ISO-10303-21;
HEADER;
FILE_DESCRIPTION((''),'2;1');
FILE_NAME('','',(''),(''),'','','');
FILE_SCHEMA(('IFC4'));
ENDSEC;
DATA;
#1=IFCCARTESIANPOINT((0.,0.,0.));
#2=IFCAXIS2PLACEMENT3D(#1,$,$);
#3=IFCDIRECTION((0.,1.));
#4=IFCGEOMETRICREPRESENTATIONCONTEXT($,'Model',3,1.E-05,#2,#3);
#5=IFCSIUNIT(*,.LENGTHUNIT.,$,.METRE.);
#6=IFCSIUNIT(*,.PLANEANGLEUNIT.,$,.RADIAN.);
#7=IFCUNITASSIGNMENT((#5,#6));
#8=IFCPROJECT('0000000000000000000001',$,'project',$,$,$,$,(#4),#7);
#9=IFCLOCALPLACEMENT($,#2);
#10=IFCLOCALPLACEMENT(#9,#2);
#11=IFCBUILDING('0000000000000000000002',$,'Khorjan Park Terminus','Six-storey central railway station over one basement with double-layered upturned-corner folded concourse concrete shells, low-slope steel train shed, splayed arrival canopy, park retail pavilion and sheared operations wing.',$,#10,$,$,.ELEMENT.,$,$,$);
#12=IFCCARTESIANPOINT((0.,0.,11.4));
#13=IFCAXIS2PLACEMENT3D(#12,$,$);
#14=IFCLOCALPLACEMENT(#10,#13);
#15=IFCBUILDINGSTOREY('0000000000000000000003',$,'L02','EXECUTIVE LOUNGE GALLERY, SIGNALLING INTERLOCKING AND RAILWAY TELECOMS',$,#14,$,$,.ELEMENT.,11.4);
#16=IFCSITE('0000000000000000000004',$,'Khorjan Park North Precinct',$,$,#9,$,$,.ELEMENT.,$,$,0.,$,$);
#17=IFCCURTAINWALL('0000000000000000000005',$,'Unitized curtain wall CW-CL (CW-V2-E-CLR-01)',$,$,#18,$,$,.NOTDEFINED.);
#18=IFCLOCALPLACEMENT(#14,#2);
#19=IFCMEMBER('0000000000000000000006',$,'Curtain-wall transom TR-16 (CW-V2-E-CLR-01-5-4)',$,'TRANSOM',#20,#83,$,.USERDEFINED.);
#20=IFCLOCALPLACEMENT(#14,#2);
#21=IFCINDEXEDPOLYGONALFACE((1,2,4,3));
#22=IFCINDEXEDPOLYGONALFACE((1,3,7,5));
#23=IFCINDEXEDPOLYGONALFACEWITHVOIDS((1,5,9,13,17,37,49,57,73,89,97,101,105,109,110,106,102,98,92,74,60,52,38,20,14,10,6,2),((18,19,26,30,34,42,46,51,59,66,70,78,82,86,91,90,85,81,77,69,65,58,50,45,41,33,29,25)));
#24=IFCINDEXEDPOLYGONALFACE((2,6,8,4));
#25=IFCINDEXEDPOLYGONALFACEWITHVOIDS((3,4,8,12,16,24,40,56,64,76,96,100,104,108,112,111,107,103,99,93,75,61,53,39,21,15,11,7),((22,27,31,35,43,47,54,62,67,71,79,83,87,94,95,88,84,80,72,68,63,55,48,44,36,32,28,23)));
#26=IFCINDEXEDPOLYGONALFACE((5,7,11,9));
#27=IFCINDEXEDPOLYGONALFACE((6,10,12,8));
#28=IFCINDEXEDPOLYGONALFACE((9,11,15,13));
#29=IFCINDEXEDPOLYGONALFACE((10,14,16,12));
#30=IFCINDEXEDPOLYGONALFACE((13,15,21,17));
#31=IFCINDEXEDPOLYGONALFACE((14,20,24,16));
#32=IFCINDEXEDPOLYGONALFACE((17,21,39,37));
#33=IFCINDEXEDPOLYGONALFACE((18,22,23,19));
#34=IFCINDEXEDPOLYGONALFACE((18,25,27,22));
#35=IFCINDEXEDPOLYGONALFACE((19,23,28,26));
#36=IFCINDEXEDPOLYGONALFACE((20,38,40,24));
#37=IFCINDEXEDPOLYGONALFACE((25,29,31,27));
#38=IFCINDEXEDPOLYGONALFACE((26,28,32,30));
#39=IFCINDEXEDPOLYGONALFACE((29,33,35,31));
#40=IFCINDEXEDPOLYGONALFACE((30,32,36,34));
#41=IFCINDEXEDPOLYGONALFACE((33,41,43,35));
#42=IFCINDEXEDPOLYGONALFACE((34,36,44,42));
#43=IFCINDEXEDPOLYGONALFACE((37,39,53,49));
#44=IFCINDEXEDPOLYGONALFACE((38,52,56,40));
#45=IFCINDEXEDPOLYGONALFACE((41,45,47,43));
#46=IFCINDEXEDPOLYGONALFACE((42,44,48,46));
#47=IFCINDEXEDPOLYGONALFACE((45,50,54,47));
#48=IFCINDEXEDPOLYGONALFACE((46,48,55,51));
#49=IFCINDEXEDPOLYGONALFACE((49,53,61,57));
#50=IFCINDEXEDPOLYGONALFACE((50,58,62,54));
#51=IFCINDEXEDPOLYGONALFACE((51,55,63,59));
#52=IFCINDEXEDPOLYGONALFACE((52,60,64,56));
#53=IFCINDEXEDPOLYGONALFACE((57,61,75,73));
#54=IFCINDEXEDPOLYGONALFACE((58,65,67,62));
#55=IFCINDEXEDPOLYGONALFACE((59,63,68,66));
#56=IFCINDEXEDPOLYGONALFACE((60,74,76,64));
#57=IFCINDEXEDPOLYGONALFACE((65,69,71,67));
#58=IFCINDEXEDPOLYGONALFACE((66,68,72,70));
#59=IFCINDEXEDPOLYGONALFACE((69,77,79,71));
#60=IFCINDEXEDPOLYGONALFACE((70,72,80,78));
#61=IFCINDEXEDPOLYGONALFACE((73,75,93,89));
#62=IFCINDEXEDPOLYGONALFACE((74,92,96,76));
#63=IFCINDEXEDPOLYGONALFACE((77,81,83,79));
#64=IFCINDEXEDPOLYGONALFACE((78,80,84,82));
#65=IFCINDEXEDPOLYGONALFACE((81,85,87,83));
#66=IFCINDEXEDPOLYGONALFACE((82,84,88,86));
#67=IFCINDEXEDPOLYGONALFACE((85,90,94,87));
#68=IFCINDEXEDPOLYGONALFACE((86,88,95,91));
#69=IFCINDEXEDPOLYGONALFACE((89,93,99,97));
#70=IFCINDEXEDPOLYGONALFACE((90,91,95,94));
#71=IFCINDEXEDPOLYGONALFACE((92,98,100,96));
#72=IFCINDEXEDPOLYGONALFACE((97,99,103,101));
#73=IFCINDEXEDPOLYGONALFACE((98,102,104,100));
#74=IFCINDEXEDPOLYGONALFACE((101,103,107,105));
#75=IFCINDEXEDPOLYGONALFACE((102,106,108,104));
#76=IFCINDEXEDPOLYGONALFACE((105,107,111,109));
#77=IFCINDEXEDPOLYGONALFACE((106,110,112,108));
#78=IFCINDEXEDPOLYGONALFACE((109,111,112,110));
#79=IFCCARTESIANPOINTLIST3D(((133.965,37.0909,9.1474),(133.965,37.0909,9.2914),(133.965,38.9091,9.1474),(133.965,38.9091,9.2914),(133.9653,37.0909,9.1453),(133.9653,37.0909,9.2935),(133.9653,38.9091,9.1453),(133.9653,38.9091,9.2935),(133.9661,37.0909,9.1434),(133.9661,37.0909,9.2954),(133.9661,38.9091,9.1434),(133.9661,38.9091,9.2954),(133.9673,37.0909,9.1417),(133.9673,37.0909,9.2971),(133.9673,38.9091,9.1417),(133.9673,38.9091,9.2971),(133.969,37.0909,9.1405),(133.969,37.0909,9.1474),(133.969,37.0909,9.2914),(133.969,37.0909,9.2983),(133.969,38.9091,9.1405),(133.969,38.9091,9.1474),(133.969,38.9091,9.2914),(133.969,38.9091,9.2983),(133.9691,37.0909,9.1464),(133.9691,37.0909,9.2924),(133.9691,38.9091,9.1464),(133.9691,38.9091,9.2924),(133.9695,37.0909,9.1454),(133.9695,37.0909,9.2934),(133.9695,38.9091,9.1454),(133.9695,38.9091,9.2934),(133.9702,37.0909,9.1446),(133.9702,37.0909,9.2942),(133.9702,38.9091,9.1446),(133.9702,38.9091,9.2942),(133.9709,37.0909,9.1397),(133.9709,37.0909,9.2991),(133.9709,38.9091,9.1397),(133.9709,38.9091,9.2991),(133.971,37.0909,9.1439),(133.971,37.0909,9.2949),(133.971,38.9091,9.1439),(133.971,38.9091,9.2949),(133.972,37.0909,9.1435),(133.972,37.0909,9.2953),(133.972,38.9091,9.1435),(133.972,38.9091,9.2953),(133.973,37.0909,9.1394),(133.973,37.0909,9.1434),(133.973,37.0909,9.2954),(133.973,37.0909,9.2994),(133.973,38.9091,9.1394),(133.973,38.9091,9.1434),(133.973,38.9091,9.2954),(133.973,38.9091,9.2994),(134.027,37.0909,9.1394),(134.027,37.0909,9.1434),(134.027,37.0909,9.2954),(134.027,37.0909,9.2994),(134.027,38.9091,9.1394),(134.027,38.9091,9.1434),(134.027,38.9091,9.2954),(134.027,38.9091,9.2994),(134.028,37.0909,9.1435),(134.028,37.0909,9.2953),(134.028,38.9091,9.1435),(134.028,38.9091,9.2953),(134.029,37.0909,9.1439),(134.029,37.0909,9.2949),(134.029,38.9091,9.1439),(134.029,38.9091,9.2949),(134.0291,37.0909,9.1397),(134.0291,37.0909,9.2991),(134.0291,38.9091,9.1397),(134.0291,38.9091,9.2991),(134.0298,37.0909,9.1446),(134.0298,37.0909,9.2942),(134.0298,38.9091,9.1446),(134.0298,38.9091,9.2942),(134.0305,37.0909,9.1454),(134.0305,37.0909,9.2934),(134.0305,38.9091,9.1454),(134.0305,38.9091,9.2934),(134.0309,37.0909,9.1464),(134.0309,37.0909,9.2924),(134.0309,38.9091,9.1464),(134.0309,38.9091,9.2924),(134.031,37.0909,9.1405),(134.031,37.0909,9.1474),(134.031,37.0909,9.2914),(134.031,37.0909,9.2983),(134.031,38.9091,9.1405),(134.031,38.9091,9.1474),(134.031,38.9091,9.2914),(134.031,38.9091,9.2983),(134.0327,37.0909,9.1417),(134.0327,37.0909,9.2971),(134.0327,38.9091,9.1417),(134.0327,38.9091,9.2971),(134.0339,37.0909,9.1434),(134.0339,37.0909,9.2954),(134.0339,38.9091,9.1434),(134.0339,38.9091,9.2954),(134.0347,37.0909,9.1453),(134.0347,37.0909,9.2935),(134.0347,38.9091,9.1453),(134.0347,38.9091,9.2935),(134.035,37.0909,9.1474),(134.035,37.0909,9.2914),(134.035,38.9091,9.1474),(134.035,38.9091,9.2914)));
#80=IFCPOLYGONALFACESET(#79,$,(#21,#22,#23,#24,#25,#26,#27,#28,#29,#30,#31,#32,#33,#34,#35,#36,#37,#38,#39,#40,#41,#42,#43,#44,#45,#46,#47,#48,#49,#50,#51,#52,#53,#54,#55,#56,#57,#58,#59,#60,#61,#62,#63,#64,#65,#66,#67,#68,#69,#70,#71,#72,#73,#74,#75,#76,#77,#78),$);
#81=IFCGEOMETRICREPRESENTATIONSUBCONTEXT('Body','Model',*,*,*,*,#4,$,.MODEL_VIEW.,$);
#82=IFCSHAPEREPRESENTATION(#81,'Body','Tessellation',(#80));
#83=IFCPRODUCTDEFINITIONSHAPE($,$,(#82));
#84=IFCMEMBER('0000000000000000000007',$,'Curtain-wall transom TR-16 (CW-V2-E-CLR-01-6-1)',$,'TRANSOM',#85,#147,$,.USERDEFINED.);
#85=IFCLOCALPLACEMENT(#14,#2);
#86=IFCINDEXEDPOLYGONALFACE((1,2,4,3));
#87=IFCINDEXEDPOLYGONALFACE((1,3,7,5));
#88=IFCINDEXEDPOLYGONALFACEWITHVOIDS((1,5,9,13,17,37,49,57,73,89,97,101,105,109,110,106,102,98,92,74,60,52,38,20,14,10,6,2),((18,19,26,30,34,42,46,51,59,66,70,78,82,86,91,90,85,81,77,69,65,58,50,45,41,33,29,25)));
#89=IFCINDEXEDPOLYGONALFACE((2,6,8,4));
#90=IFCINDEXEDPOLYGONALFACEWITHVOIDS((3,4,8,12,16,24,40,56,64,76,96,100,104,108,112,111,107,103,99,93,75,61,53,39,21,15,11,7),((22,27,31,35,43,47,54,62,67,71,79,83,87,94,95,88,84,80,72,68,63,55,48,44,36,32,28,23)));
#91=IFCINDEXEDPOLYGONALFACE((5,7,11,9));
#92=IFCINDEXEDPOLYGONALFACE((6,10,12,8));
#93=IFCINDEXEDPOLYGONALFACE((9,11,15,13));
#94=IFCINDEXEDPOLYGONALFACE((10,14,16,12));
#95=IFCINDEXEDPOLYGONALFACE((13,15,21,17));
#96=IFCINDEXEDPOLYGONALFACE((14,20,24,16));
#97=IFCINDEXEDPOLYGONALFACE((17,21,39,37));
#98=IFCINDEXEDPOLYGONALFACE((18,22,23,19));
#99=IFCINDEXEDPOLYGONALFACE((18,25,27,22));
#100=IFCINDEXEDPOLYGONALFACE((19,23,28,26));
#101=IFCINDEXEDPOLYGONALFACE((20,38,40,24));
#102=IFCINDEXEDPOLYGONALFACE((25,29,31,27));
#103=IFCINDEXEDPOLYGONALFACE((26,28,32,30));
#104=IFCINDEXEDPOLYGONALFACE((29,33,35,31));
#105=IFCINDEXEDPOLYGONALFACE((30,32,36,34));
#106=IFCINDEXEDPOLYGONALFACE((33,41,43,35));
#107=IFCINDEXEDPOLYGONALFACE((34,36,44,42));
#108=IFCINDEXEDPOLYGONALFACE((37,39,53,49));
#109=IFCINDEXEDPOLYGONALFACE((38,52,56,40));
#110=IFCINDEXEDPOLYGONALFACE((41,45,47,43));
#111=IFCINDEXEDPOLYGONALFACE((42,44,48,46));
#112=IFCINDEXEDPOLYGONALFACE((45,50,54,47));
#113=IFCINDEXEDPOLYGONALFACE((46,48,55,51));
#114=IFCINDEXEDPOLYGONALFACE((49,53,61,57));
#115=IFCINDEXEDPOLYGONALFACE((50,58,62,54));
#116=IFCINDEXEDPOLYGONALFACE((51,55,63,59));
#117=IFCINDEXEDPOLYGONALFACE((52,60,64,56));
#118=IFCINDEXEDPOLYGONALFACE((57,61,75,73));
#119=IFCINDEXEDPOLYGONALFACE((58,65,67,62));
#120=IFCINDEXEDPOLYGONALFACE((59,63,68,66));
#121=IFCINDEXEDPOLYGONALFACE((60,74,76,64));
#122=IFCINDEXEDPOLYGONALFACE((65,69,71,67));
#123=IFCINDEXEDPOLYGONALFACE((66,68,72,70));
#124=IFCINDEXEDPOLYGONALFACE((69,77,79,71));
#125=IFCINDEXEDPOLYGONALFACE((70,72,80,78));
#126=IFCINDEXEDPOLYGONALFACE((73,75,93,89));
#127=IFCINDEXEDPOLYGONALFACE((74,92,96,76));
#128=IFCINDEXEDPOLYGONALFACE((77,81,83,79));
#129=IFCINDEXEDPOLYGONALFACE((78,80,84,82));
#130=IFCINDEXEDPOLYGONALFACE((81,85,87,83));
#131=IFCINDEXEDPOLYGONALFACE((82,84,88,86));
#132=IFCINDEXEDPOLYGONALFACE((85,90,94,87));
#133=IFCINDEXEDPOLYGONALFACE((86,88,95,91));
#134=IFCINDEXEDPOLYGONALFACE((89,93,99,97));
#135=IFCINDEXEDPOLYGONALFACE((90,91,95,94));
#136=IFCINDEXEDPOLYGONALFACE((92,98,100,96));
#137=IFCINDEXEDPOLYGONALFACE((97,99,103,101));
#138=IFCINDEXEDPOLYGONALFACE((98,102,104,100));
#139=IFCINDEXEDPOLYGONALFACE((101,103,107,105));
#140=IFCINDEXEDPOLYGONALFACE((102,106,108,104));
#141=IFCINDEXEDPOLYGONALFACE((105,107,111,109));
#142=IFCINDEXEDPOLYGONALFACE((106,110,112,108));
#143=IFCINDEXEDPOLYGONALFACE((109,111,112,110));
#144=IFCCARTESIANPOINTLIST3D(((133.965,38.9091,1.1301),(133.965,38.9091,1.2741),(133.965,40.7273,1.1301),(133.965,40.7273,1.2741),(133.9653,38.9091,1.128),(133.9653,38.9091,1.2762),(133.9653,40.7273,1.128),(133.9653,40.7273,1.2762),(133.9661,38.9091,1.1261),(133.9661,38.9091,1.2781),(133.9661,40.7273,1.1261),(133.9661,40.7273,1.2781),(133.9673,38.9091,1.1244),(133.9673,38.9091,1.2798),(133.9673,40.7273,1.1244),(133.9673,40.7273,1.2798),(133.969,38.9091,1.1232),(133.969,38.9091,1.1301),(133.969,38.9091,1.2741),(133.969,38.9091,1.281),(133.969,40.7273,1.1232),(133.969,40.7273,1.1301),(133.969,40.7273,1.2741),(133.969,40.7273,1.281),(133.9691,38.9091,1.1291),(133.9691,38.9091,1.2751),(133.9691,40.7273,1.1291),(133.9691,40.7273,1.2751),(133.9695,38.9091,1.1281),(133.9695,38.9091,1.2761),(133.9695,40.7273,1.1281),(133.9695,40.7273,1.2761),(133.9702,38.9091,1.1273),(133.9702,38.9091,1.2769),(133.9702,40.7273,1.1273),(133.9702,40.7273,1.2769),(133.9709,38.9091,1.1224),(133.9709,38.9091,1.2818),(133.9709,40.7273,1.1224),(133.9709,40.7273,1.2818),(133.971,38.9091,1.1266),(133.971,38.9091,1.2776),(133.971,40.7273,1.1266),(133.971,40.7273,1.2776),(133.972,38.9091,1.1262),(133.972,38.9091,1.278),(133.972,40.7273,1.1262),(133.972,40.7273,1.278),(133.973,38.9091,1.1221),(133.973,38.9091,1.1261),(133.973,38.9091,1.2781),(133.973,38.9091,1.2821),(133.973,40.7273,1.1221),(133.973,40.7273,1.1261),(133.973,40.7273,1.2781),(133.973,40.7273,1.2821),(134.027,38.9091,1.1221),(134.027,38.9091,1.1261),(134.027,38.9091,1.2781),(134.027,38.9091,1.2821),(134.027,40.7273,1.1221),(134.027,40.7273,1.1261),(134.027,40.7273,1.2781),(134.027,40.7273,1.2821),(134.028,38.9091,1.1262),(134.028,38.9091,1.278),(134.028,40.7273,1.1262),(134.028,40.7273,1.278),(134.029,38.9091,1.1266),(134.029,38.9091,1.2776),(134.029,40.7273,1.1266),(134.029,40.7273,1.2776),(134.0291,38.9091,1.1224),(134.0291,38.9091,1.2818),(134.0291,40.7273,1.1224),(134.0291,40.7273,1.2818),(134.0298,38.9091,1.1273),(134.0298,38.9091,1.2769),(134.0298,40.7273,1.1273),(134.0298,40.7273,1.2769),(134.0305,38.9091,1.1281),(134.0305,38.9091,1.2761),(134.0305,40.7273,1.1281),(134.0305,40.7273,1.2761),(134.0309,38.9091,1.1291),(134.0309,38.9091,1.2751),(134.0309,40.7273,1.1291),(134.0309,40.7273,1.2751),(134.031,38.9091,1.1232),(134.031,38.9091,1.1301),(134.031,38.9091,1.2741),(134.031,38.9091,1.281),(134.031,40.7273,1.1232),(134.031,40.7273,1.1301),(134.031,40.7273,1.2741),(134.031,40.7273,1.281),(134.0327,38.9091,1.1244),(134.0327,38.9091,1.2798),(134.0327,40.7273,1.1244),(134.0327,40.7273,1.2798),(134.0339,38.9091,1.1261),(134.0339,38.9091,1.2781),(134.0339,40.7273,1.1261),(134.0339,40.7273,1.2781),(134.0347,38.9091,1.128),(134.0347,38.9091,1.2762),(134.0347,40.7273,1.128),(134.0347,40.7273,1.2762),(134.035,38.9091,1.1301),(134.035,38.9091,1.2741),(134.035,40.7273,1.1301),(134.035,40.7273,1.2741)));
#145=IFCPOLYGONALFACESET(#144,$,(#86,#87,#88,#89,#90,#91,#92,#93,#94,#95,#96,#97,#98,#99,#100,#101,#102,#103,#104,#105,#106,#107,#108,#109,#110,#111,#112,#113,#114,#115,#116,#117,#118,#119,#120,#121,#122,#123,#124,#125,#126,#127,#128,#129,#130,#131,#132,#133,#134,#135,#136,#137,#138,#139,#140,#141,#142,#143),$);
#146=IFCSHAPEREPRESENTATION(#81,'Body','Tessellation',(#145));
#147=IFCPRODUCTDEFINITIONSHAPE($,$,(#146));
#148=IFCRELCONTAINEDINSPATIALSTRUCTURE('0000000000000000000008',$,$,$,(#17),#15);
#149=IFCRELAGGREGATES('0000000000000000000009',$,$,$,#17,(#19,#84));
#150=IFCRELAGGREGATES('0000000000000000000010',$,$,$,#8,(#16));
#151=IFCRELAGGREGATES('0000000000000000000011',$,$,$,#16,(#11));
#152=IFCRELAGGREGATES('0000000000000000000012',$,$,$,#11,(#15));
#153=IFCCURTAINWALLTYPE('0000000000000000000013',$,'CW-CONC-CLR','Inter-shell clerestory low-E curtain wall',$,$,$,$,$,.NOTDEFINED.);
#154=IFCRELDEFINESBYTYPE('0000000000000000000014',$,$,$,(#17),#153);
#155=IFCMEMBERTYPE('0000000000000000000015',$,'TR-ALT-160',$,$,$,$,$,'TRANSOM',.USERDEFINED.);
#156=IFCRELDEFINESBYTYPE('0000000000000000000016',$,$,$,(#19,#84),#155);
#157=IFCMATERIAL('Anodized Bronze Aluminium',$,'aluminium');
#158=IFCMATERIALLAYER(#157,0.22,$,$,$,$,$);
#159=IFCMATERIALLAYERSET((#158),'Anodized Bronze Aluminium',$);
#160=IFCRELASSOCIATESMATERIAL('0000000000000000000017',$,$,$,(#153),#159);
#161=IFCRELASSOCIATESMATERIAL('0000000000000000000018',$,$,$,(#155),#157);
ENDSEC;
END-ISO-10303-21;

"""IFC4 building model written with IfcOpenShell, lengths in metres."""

from ifc_helpers import new_model, si_unit, direction, frame, origin, origin_2d, place, context, subcontext, project, spatial, hollow_rectangle, extrude, material, layer, layer_set, material_profile, profile_set, type_object, element, aggregate, save


model = new_model("IFC4")

# Units and contexts
model_context = context("Model", 3, precision=1e-05, world=origin(), true_north=direction((0.0, 1.0)))
body_context = subcontext(model_context, "Body", "Model", "MODEL_VIEW")
ifc_project = project(units=[si_unit("LENGTHUNIT", "METRE"), si_unit("PLANEANGLEUNIT", "RADIAN")], contexts=[model_context])

# Site, building, storey
site_placement = place(None, origin())
site = spatial("IfcSite", under=ifc_project, at=site_placement, Name="Khorjan Park North Precinct", CompositionType="ELEMENT", RefElevation=0.0)
building_placement = place(site_placement, origin())
building = spatial("IfcBuilding", under=site, at=building_placement, Name="Khorjan Park Terminus", Description="Six-storey central railway station over one basement with double-layered upturned-corner folded concourse concrete shells, low-slope steel train shed, splayed arrival canopy, park retail pavilion and sheared operations wing.", CompositionType="ELEMENT")
storey_placement = place(building_placement, frame((0.0, 0.0, 11.4)))
storey = spatial("IfcBuildingStorey", under=building, at=storey_placement, Name="L02", Description="EXECUTIVE LOUNGE GALLERY, SIGNALLING INTERLOCKING AND RAILWAY TELECOMS", CompositionType="ELEMENT", Elevation=11.4)

# Curtain wall, members
ifc_material_1 = material(Name="Anodized Bronze Aluminium", Category="aluminium")
ifc_layer_1 = layer(ifc_material_1, 0.22)
ifc_layer_set_1 = layer_set([ifc_layer_1], Name="Anodized Bronze Aluminium")
curtain_wall_type = type_object("IfcCurtainWallType", Name="CW-CONC-CLR", Description="Inter-shell clerestory low-E curtain wall", PredefinedType="NOTDEFINED", material=ifc_layer_set_1)
curtain_wall_placement = place(storey_placement, origin())
curtain_wall = element("IfcCurtainWall", 1, at=curtain_wall_placement, inside=storey, type_object=curtain_wall_type, Name="Unitized curtain wall CW-CL (CW-V2-E-CLR-01)", PredefinedType="NOTDEFINED")
ifc_material_profile = material_profile(ifc_material_1, hollow_rectangle(XDim=0.07, YDim=0.16, WallThickness=0.004, InnerFilletRadius=0.004, OuterFilletRadius=0.008, at=origin_2d()), Name="ALT 70x160x4")
ifc_profile_set = profile_set([ifc_material_profile], Name="Anodized Bronze Aluminium")
member_type = type_object("IfcMemberType", Name="TR-ALT-160", ElementType="TRANSOM", PredefinedType="USERDEFINED", material=ifc_profile_set)
member_1_placement = place(storey_placement, frame((134.0, 37.0909, 9.2194), z_axis=(0.0, 1.0, 0.0), x_axis=(-1.0, 0.0, 0.0)))
member_1 = element("IfcMember", 2, at=member_1_placement, type_object=member_type, Name="Curtain-wall transom TR-16 (CW-V2-E-CLR-01-5-4)", ObjectType="TRANSOM", PredefinedType="USERDEFINED", context=body_context, shape_type="SweptSolid", body=[
    extrude(hollow_rectangle(XDim=0.07, YDim=0.16, WallThickness=0.004, InnerFilletRadius=0.004, OuterFilletRadius=0.008, at=origin_2d()), origin(), (0.0, 0.0, 1.0), 1.8182),
])
member_2_placement = place(storey_placement, frame((134.0, 38.9091, 1.2021), z_axis=(0.0, 1.0, 0.0), x_axis=(-1.0, 0.0, 0.0)))
member_2 = element("IfcMember", 3, at=member_2_placement, type_object=member_type, Name="Curtain-wall transom TR-16 (CW-V2-E-CLR-01-6-1)", ObjectType="TRANSOM", PredefinedType="USERDEFINED", context=body_context, shape_type="SweptSolid", body=[
    extrude(hollow_rectangle(XDim=0.07, YDim=0.16, WallThickness=0.004, InnerFilletRadius=0.004, OuterFilletRadius=0.008, at=origin_2d()), origin(), (0.0, 0.0, 1.0), 1.8182),
])
aggregate(curtain_wall, [member_1, member_2])

save(model, "model.ifc")
